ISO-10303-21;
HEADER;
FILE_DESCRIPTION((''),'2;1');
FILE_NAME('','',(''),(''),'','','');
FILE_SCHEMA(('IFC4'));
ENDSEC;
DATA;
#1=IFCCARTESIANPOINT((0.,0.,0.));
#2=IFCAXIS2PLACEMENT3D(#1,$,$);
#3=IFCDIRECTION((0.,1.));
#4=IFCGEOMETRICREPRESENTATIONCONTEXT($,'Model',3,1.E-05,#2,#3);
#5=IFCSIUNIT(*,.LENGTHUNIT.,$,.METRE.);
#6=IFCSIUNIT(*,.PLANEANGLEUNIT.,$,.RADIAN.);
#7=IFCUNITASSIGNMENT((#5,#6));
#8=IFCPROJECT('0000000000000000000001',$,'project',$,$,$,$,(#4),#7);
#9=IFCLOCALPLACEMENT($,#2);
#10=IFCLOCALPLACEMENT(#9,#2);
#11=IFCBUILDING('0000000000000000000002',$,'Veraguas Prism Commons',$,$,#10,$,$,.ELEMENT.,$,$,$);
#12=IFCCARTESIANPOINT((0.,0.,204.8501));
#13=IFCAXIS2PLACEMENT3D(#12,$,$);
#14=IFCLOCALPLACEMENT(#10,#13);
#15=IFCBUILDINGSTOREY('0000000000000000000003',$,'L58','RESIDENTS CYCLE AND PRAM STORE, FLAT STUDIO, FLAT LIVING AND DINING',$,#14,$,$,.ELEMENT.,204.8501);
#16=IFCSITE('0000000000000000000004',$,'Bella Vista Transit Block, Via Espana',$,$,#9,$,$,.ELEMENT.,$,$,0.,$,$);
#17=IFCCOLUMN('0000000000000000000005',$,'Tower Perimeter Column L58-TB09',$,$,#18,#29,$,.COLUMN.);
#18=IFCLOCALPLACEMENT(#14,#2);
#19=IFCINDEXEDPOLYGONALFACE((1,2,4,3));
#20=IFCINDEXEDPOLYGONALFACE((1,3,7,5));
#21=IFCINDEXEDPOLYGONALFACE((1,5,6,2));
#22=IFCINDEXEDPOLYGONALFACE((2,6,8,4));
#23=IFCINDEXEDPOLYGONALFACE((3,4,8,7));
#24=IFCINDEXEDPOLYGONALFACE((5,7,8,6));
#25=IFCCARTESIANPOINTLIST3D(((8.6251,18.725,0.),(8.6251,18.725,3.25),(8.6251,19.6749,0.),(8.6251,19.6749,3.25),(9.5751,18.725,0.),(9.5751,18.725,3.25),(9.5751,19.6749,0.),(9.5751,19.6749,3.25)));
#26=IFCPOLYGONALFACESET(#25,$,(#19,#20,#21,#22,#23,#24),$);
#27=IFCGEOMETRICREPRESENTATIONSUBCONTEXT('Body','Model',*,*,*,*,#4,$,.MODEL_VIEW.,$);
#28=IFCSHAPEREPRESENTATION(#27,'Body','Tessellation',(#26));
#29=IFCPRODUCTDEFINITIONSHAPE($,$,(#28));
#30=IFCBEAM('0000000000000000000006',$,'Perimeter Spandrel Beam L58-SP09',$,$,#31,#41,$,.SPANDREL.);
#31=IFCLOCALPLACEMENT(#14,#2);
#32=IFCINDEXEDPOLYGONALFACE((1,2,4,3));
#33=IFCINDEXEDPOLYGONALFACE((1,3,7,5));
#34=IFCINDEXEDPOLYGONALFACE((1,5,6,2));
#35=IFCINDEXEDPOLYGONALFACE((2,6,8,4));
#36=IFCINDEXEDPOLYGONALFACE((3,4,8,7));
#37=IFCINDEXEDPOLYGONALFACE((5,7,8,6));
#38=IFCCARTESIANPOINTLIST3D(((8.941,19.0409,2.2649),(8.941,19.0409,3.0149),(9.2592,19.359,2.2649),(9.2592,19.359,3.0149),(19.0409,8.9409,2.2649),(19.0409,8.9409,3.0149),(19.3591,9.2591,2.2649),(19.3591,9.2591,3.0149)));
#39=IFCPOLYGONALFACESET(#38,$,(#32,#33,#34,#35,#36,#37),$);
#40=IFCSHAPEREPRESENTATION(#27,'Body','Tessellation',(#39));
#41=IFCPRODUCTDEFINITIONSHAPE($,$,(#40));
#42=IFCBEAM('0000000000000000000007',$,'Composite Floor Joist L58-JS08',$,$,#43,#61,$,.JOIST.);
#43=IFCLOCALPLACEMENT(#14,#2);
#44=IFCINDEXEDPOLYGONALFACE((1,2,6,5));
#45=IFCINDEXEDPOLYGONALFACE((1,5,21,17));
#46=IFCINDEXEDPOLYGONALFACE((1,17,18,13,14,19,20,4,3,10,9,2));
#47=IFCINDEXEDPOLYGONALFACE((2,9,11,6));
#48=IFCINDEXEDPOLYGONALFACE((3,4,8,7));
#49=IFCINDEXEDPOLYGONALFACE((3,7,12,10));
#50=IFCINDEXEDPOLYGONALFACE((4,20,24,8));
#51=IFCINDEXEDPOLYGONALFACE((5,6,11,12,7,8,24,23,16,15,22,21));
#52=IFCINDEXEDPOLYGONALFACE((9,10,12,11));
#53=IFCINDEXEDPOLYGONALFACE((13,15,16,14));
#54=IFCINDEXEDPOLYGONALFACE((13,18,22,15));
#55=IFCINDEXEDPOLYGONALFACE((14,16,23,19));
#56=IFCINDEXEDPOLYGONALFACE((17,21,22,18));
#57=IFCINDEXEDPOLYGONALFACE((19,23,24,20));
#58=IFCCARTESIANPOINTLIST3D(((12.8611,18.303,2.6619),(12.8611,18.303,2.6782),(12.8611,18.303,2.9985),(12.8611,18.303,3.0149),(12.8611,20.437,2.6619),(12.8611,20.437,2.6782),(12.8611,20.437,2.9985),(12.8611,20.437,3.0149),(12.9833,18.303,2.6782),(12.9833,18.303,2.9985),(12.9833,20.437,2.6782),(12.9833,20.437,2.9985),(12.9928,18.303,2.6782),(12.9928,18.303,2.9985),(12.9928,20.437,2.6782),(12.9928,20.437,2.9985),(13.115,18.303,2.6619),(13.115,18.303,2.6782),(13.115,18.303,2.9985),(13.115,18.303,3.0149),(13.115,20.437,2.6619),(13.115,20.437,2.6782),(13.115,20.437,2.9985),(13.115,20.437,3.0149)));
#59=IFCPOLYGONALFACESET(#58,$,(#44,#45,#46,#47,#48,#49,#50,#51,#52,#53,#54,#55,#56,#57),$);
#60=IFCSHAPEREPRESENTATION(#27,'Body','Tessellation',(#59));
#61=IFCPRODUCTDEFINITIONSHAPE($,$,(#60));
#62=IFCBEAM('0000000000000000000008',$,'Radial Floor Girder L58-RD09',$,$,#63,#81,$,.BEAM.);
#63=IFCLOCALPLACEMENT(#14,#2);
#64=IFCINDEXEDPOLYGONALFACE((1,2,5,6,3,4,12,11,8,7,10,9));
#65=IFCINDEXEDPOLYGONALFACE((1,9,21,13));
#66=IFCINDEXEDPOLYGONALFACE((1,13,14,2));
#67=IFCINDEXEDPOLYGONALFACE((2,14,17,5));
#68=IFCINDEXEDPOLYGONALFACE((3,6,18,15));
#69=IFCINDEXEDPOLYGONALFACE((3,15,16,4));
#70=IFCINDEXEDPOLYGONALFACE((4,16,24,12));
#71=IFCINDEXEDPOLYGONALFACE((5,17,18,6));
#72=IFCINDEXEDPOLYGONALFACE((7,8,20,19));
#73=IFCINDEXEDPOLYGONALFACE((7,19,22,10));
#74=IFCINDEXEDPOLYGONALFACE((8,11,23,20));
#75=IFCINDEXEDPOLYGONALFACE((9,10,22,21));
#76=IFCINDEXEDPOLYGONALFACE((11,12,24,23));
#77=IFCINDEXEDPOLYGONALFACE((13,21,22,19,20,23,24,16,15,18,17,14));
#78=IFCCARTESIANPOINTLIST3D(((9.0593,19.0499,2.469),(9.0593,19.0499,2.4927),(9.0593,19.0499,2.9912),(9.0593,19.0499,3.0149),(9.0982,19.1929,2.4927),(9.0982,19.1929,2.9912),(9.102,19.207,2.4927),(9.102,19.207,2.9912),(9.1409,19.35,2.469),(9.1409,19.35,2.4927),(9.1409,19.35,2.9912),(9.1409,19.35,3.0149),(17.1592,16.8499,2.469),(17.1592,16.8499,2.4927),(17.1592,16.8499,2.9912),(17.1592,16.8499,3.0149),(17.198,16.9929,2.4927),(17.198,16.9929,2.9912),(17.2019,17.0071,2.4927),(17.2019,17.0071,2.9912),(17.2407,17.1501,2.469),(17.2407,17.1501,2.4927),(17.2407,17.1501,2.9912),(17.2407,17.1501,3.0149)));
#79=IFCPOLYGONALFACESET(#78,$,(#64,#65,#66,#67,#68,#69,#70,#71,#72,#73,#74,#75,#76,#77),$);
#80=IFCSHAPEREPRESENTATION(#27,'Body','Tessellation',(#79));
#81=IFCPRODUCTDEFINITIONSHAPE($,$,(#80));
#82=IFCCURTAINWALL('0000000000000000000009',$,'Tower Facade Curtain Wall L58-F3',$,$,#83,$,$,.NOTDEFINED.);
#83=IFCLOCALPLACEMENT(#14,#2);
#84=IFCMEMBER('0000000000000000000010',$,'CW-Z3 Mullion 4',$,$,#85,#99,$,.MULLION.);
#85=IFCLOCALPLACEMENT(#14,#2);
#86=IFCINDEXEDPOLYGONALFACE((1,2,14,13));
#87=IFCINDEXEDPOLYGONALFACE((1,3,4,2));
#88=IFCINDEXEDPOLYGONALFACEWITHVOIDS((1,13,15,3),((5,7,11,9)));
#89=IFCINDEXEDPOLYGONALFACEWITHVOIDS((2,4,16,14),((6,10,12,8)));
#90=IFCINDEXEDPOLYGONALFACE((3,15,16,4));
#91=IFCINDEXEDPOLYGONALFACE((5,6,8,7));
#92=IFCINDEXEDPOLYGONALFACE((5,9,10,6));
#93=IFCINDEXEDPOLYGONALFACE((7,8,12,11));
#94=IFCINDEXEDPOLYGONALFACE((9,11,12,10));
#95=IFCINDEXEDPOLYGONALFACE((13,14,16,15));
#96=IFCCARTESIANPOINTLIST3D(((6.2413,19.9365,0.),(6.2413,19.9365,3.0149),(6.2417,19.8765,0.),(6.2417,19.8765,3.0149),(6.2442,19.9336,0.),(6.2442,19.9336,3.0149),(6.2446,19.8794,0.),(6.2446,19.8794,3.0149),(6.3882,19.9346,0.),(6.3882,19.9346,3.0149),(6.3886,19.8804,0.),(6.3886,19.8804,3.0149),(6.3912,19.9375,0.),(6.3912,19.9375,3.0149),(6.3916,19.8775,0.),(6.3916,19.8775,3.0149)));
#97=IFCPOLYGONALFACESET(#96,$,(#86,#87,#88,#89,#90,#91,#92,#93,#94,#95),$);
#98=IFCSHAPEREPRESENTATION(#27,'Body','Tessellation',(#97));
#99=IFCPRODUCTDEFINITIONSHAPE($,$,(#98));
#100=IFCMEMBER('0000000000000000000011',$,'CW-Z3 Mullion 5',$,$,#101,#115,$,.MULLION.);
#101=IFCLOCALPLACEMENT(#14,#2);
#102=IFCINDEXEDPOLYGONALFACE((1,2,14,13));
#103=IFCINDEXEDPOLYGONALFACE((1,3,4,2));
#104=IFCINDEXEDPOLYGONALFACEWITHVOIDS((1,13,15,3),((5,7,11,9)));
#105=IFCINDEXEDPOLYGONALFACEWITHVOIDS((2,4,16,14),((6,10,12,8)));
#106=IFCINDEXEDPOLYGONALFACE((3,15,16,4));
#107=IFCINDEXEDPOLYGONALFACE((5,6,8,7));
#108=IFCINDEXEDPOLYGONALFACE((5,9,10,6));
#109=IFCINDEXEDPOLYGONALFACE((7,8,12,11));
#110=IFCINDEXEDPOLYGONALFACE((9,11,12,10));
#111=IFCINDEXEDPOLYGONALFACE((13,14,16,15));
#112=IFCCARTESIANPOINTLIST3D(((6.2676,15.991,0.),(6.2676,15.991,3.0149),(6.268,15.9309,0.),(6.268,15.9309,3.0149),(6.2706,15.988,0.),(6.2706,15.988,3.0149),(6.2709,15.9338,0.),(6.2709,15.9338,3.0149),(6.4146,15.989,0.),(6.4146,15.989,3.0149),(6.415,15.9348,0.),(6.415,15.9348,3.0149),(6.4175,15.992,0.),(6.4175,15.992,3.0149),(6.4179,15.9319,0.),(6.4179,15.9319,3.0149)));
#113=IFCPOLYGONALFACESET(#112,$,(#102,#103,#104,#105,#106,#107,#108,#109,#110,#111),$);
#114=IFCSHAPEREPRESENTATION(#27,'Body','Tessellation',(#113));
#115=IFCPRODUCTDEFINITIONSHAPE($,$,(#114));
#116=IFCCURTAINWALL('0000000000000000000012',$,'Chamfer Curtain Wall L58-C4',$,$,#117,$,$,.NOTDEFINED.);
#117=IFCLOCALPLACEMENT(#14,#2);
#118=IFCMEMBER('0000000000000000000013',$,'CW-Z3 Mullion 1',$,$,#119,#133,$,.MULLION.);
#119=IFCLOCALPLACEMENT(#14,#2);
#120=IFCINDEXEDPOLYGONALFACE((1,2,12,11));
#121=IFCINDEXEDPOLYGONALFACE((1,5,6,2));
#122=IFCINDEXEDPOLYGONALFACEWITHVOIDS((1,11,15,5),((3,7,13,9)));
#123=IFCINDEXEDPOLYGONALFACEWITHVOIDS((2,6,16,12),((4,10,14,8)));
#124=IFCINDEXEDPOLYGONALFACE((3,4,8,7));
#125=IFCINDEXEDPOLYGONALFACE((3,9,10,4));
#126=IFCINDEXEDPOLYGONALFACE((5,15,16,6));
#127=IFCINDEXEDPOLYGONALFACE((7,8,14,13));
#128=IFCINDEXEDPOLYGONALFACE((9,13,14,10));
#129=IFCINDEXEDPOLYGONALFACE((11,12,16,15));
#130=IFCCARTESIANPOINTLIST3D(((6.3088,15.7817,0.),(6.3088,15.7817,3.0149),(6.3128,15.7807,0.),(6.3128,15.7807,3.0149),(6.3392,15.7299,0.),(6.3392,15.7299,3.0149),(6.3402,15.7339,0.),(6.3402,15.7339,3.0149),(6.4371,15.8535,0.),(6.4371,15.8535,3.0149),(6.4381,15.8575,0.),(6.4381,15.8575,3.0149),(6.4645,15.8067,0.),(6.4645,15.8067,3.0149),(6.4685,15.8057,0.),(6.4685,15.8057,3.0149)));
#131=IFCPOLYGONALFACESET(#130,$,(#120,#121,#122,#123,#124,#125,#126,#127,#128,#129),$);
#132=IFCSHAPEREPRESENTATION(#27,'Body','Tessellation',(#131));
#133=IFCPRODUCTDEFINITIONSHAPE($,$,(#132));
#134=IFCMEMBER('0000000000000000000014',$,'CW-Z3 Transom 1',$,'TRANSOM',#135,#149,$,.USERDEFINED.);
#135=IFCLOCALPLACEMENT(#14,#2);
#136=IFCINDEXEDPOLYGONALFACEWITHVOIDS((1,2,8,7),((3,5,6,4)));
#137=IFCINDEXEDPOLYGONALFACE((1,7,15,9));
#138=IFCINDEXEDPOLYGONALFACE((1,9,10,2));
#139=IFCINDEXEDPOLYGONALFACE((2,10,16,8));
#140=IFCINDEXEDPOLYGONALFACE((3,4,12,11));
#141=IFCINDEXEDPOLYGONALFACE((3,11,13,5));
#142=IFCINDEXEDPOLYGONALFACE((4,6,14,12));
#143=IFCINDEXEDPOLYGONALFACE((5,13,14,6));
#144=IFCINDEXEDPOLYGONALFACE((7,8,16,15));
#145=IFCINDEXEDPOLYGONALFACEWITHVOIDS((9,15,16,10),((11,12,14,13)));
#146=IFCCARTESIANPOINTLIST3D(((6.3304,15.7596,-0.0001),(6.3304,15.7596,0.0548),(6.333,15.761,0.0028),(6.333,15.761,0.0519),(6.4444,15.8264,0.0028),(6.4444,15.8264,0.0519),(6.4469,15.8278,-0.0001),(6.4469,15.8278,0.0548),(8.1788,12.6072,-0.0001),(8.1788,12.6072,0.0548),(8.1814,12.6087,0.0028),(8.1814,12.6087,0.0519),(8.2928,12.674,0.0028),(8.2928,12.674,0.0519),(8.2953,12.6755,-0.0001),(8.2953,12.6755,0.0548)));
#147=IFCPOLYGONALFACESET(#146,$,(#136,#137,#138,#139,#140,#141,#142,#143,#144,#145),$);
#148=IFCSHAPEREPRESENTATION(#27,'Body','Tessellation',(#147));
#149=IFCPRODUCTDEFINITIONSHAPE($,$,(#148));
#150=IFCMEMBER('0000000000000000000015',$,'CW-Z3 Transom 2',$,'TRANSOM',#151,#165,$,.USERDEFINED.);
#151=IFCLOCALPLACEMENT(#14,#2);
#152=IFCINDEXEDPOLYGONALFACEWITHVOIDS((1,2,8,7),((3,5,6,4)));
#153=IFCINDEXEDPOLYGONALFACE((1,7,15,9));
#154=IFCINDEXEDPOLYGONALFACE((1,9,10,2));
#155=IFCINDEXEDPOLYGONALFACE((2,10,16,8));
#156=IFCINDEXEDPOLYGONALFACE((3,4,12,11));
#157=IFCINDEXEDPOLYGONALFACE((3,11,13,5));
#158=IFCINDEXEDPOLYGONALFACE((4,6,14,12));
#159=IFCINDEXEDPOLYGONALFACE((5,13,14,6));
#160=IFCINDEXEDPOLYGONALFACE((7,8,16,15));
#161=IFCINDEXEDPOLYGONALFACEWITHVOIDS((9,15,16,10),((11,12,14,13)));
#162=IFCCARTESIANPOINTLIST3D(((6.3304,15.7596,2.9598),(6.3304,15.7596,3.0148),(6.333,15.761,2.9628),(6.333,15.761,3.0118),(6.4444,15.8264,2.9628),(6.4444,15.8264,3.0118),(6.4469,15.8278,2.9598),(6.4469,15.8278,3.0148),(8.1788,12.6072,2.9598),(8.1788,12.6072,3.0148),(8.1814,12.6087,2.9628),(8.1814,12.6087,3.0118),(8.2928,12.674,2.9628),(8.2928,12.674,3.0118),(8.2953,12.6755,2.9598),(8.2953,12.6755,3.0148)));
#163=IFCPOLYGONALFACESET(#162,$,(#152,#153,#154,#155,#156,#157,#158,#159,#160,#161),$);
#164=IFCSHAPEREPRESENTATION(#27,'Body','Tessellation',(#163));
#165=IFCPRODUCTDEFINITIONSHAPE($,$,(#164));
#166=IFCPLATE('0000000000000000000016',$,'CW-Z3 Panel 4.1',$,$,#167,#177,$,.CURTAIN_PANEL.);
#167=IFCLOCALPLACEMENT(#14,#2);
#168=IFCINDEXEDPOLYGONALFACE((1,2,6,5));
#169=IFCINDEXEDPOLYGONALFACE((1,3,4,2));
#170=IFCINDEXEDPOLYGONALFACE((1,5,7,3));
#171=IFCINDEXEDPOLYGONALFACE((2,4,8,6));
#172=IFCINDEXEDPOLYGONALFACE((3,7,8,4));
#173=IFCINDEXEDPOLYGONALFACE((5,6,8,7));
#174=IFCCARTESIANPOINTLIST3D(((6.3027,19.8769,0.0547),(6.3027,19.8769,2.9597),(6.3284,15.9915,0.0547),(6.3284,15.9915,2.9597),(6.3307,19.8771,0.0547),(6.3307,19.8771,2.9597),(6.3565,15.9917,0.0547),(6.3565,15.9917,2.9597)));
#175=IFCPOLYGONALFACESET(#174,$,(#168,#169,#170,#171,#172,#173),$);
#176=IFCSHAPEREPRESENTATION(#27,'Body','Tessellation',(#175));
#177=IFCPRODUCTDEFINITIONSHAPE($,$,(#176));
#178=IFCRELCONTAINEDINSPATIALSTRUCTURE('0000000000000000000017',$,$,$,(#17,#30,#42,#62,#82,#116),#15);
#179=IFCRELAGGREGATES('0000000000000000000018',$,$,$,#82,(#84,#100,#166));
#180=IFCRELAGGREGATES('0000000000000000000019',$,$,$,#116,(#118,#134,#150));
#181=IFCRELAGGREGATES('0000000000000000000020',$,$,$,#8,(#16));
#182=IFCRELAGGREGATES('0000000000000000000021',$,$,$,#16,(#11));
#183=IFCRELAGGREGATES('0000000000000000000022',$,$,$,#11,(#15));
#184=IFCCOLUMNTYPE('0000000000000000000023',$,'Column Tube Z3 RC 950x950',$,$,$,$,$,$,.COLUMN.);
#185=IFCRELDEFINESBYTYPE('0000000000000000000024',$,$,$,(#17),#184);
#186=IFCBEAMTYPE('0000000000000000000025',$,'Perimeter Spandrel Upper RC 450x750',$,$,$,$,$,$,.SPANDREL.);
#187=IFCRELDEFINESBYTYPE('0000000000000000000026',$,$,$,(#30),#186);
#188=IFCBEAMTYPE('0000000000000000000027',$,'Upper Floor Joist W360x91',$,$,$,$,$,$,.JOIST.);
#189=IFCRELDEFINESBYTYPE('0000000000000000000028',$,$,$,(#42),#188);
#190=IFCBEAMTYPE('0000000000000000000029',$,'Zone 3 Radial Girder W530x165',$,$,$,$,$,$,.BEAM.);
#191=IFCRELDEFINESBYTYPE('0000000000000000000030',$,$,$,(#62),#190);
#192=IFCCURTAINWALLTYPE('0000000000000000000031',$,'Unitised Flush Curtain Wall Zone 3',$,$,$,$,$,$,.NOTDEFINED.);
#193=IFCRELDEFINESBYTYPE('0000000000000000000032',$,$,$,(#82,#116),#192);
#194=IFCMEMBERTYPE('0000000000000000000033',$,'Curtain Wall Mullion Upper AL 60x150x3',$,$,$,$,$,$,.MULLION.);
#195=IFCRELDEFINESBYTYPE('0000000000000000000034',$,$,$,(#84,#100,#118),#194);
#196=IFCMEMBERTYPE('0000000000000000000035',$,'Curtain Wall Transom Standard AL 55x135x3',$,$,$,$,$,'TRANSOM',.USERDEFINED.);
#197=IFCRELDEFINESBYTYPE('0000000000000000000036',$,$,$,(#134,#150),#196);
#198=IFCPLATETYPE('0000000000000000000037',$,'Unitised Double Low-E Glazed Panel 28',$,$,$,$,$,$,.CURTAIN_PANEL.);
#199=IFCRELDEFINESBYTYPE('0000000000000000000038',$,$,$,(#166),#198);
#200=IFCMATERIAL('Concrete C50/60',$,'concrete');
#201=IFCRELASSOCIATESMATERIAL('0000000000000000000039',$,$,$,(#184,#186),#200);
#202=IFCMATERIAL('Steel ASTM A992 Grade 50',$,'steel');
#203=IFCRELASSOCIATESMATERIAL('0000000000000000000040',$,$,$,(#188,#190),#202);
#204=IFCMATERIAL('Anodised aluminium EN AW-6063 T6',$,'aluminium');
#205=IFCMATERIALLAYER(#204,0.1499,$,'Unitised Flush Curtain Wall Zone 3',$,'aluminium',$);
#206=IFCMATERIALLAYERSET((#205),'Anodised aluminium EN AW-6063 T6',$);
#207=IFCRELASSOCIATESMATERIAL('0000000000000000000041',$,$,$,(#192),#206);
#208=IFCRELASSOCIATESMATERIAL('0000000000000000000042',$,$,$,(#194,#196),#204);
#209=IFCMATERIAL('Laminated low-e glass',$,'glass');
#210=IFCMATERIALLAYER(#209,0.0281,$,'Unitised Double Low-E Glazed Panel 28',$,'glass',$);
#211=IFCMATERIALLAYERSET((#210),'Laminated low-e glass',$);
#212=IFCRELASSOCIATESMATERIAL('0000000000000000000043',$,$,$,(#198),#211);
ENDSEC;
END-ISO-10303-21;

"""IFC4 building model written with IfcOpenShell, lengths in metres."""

from ifc_helpers import new_model, si_unit, direction, frame, origin, origin_2d, place, context, subcontext, project, spatial, rectangle, hollow_rectangle, i_section, extrude, source, transform, mapped, material, layer, layer_set, material_profile, profile_set, type_object, element, aggregate, save


model = new_model("IFC4")

# Units and contexts
model_context = context("Model", 3, precision=1e-05, world=origin(), true_north=direction((0.0, 1.0)))
body_context = subcontext(model_context, "Body", "Model", "MODEL_VIEW")
ifc_project = project(units=[si_unit("LENGTHUNIT", "METRE"), si_unit("PLANEANGLEUNIT", "RADIAN")], contexts=[model_context])

# Site, building, storey
site_placement = place(None, origin())
site = spatial("IfcSite", under=ifc_project, at=site_placement, Name="Bella Vista Transit Block, Via Espana", CompositionType="ELEMENT", RefElevation=0.0)
building_placement = place(site_placement, origin())
building = spatial("IfcBuilding", under=site, at=building_placement, Name="Veraguas Prism Commons", CompositionType="ELEMENT")
storey_placement = place(building_placement, frame((0.0, 0.0, 204.8501)))
storey = spatial("IfcBuildingStorey", under=building, at=storey_placement, Name="L58", Description="RESIDENTS CYCLE AND PRAM STORE, FLAT STUDIO, FLAT LIVING AND DINING", CompositionType="ELEMENT", Elevation=204.8501)

# Column
ifc_material_1 = material(Name="Concrete C50/60", Category="concrete")
ifc_material_profile_1 = material_profile(ifc_material_1, rectangle(XDim=0.95, YDim=0.95, at=origin_2d()), Name="RC950X950")
ifc_profile_set_1 = profile_set([ifc_material_profile_1], Name="Concrete C50/60")
column_type = type_object("IfcColumnType", Name="Column Tube Z3 RC 950x950", PredefinedType="COLUMN", material=ifc_profile_set_1)
column_placement = place(storey_placement, frame((9.1001, 19.2, 0.0), z_axis=(0.0, 0.0, 1.0), x_axis=(1.0, 0.0, 0.0)))
element("IfcColumn", 1, at=column_placement, inside=storey, type_object=column_type, Name="Tower Perimeter Column L58-TB09", PredefinedType="COLUMN", context=body_context, shape_type="SweptSolid", body=[
    extrude(rectangle(XDim=0.95, YDim=0.95, at=origin_2d()), origin(), (0.0, 0.0, 1.0), 3.25),
])

# Beams
ifc_material_profile_2 = material_profile(ifc_material_1, rectangle(XDim=0.45, YDim=0.75, at=origin_2d()), Name="RC450X750")
ifc_profile_set_2 = profile_set([ifc_material_profile_2], Name="Concrete C50/60")
beam_type_1 = type_object("IfcBeamType", Name="Perimeter Spandrel Upper RC 450x750", PredefinedType="SPANDREL", material=ifc_profile_set_2)
beam_1_placement = place(storey_placement, frame((9.1001, 19.2, 2.6399), z_axis=(0.707107, -0.707107, 0.0), x_axis=(0.707107, 0.707107, 0.0)))
element("IfcBeam", 2, at=beam_1_placement, inside=storey, type_object=beam_type_1, Name="Perimeter Spandrel Beam L58-SP09", PredefinedType="SPANDREL", context=body_context, shape_type="SweptSolid", body=[
    extrude(rectangle(XDim=0.45, YDim=0.75, at=origin_2d()), origin(), (0.0, 0.0, 1.0), 14.2834),
])
ifc_material_2 = material(Name="Steel ASTM A992 Grade 50", Category="steel")
ifc_material_profile_3 = material_profile(ifc_material_2, i_section(OverallWidth=0.2539, OverallDepth=0.353, WebThickness=0.0095, FlangeThickness=0.0164, at=origin_2d()), Name="W360X91")
ifc_profile_set_3 = profile_set([ifc_material_profile_3], Name="Steel ASTM A992 Grade 50")
beam_type_2 = type_object("IfcBeamType", Name="Upper Floor Joist W360x91", PredefinedType="JOIST", material=ifc_profile_set_3)
beam_2_placement = place(storey_placement, frame((12.988, 20.437, 2.8384), z_axis=(0.0, -1.0, 0.0), x_axis=(1.0, 0.0, 0.0)))
element("IfcBeam", 3, at=beam_2_placement, inside=storey, type_object=beam_type_2, Name="Composite Floor Joist L58-JS08", PredefinedType="JOIST", context=body_context, shape_type="SweptSolid", body=[
    extrude(i_section(OverallWidth=0.2539, OverallDepth=0.353, WebThickness=0.0095, FlangeThickness=0.0164, at=origin_2d()), origin(), (0.0, 0.0, 1.0), 2.134),
])
ifc_material_profile_4 = material_profile(ifc_material_2, i_section(OverallWidth=0.311, OverallDepth=0.5459, WebThickness=0.0146, FlangeThickness=0.0237, at=origin_2d()), Name="W530X165")
ifc_profile_set_4 = profile_set([ifc_material_profile_4], Name="Steel ASTM A992 Grade 50")
beam_type_3 = type_object("IfcBeamType", Name="Zone 3 Radial Girder W530x165", PredefinedType="BEAM", material=ifc_profile_set_4)
beam_3_placement = place(storey_placement, frame((9.1001, 19.2, 2.7419), z_axis=(0.965039, -0.262108, 0.0), x_axis=(0.262108, 0.965039, 0.0)))
element("IfcBeam", 4, at=beam_3_placement, inside=storey, type_object=beam_type_3, Name="Radial Floor Girder L58-RD09", PredefinedType="BEAM", context=body_context, shape_type="SweptSolid", body=[
    extrude(i_section(OverallWidth=0.311, OverallDepth=0.5459, WebThickness=0.0146, FlangeThickness=0.0237, at=origin_2d()), origin(), (0.0, 0.0, 1.0), 8.3933),
])

# Curtain walls, members
ifc_material_3 = material(Name="Anodised aluminium EN AW-6063 T6", Category="aluminium")
ifc_layer_1 = layer(ifc_material_3, 0.1499, Name="Unitised Flush Curtain Wall Zone 3", Category="aluminium")
ifc_layer_set_1 = layer_set([ifc_layer_1], Name="Anodised aluminium EN AW-6063 T6")
curtain_wall_type = type_object("IfcCurtainWallType", Name="Unitised Flush Curtain Wall Zone 3", PredefinedType="NOTDEFINED", material=ifc_layer_set_1)
curtain_wall_1_placement = place(storey_placement, origin())
curtain_wall_1 = element("IfcCurtainWall", 5, at=curtain_wall_1_placement, inside=storey, type_object=curtain_wall_type, Name="Tower Facade Curtain Wall L58-F3", PredefinedType="NOTDEFINED")
ifc_material_profile_5 = material_profile(ifc_material_3, hollow_rectangle(XDim=0.0601, YDim=0.1499, WallThickness=0.0029, at=origin_2d()), Name="AL60X150X3")
ifc_profile_set_5 = profile_set([ifc_material_profile_5], Name="Anodised aluminium EN AW-6063 T6")
member_type_1 = type_object("IfcMemberType", Name="Curtain Wall Mullion Upper AL 60x150x3", PredefinedType="MULLION", material=ifc_profile_set_5)
shared_shape_1 = source(origin(), body_context, "Body", "SweptSolid", [
    extrude(hollow_rectangle(XDim=0.0601, YDim=0.1499, WallThickness=0.0029, at=origin_2d()), origin(), (0.0, 0.0, 1.0), 3.0149),
])
member_1_placement = place(storey_placement, frame((6.3164, 19.907, 0.0), z_axis=(0.0, 0.0, 1.0), x_axis=(0.006634, -0.999978, 0.0)))
member_1 = element("IfcMember", 6, at=member_1_placement, type_object=member_type_1, Name="CW-Z3 Mullion 4", PredefinedType="MULLION", context=body_context, shape_type="MappedRepresentation", body=[
    mapped(shared_shape_1, transform((0.0, 0.0, 0.0), scale=1.0)),
])
member_2_placement = place(storey_placement, frame((6.3428, 15.9614, 0.0), z_axis=(0.0, 0.0, 1.0), x_axis=(0.006634, -0.999978, 0.0)))
member_2 = element("IfcMember", 7, at=member_2_placement, type_object=member_type_1, Name="CW-Z3 Mullion 5", PredefinedType="MULLION", context=body_context, shape_type="MappedRepresentation", body=[
    mapped(shared_shape_1, transform((0.0, 0.0, 0.0), scale=1.0)),
])
curtain_wall_2_placement = place(storey_placement, origin())
curtain_wall_2 = element("IfcCurtainWall", 8, at=curtain_wall_2_placement, inside=storey, type_object=curtain_wall_type, Name="Chamfer Curtain Wall L58-C4", PredefinedType="NOTDEFINED")
member_3_placement = place(storey_placement, frame((6.3887, 15.7937, 0.0), z_axis=(0.0, 0.0, 1.0), x_axis=(0.505763, -0.862673, 0.0)))
member_3 = element("IfcMember", 9, at=member_3_placement, type_object=member_type_1, Name="CW-Z3 Mullion 1", PredefinedType="MULLION", context=body_context, shape_type="MappedRepresentation", body=[
    mapped(shared_shape_1, transform((0.0, 0.0, 0.0), scale=1.0)),
])
ifc_material_profile_6 = material_profile(ifc_material_3, hollow_rectangle(XDim=0.0549, YDim=0.135, WallThickness=0.0029, at=origin_2d()), Name="AL55X135X3")
ifc_profile_set_6 = profile_set([ifc_material_profile_6], Name="Anodised aluminium EN AW-6063 T6")
member_type_2 = type_object("IfcMemberType", Name="Curtain Wall Transom Standard AL 55x135x3", ElementType="TRANSOM", PredefinedType="USERDEFINED", material=ifc_profile_set_6)
shared_shape_2 = source(origin(), body_context, "Body", "SweptSolid", [
    extrude(hollow_rectangle(XDim=0.0549, YDim=0.135, WallThickness=0.0029, at=origin_2d()), origin(), (0.0, 0.0, 1.0), 3.6543),
])
member_4_placement = place(storey_placement, frame((6.3887, 15.7937, 0.0273), z_axis=(0.505814, -0.862643, 0.0), x_axis=(0.0, 0.0, 1.0)))
member_4 = element("IfcMember", 10, at=member_4_placement, type_object=member_type_2, Name="CW-Z3 Transom 1", ObjectType="TRANSOM", PredefinedType="USERDEFINED", context=body_context, shape_type="MappedRepresentation", body=[
    mapped(shared_shape_2, transform((0.0, 0.0, 0.0), scale=1.0)),
])
member_5_placement = place(storey_placement, frame((6.3887, 15.7937, 2.9873), z_axis=(0.505814, -0.862643, 0.0), x_axis=(0.0, 0.0, 1.0)))
member_5 = element("IfcMember", 11, at=member_5_placement, type_object=member_type_2, Name="CW-Z3 Transom 2", ObjectType="TRANSOM", PredefinedType="USERDEFINED", context=body_context, shape_type="MappedRepresentation", body=[
    mapped(shared_shape_2, transform((0.0, 0.0, 0.0), scale=1.0)),
])

# Plate
ifc_material_4 = material(Name="Laminated low-e glass", Category="glass")
ifc_layer_2 = layer(ifc_material_4, 0.0281, Name="Unitised Double Low-E Glazed Panel 28", Category="glass")
ifc_layer_set_2 = layer_set([ifc_layer_2], Name="Laminated low-e glass")
plate_type = type_object("IfcPlateType", Name="Unitised Double Low-E Glazed Panel 28", PredefinedType="CURTAIN_PANEL", material=ifc_layer_set_2)
shared_shape_3 = source(origin(), body_context, "Body", "SweptSolid", [
    extrude(rectangle(XDim=3.8855, YDim=0.0281, at=origin_2d()), origin(), (0.0, 0.0, 1.0), 2.905),
])
plate_1_placement = place(storey_placement, frame((6.3296, 17.9343, 0.0547), z_axis=(0.0, 0.0, 1.0), x_axis=(0.006634, -0.999978, 0.0)))
plate_1 = element("IfcPlate", 12, at=plate_1_placement, type_object=plate_type, Name="CW-Z3 Panel 4.1", PredefinedType="CURTAIN_PANEL", context=body_context, shape_type="MappedRepresentation", body=[
    mapped(shared_shape_3, transform((0.0, 0.0, 0.0), scale=1.0)),
])
aggregate(curtain_wall_1, [member_1, member_2, plate_1])
aggregate(curtain_wall_2, [member_3, member_4, member_5])

save(model, "model.ifc")
